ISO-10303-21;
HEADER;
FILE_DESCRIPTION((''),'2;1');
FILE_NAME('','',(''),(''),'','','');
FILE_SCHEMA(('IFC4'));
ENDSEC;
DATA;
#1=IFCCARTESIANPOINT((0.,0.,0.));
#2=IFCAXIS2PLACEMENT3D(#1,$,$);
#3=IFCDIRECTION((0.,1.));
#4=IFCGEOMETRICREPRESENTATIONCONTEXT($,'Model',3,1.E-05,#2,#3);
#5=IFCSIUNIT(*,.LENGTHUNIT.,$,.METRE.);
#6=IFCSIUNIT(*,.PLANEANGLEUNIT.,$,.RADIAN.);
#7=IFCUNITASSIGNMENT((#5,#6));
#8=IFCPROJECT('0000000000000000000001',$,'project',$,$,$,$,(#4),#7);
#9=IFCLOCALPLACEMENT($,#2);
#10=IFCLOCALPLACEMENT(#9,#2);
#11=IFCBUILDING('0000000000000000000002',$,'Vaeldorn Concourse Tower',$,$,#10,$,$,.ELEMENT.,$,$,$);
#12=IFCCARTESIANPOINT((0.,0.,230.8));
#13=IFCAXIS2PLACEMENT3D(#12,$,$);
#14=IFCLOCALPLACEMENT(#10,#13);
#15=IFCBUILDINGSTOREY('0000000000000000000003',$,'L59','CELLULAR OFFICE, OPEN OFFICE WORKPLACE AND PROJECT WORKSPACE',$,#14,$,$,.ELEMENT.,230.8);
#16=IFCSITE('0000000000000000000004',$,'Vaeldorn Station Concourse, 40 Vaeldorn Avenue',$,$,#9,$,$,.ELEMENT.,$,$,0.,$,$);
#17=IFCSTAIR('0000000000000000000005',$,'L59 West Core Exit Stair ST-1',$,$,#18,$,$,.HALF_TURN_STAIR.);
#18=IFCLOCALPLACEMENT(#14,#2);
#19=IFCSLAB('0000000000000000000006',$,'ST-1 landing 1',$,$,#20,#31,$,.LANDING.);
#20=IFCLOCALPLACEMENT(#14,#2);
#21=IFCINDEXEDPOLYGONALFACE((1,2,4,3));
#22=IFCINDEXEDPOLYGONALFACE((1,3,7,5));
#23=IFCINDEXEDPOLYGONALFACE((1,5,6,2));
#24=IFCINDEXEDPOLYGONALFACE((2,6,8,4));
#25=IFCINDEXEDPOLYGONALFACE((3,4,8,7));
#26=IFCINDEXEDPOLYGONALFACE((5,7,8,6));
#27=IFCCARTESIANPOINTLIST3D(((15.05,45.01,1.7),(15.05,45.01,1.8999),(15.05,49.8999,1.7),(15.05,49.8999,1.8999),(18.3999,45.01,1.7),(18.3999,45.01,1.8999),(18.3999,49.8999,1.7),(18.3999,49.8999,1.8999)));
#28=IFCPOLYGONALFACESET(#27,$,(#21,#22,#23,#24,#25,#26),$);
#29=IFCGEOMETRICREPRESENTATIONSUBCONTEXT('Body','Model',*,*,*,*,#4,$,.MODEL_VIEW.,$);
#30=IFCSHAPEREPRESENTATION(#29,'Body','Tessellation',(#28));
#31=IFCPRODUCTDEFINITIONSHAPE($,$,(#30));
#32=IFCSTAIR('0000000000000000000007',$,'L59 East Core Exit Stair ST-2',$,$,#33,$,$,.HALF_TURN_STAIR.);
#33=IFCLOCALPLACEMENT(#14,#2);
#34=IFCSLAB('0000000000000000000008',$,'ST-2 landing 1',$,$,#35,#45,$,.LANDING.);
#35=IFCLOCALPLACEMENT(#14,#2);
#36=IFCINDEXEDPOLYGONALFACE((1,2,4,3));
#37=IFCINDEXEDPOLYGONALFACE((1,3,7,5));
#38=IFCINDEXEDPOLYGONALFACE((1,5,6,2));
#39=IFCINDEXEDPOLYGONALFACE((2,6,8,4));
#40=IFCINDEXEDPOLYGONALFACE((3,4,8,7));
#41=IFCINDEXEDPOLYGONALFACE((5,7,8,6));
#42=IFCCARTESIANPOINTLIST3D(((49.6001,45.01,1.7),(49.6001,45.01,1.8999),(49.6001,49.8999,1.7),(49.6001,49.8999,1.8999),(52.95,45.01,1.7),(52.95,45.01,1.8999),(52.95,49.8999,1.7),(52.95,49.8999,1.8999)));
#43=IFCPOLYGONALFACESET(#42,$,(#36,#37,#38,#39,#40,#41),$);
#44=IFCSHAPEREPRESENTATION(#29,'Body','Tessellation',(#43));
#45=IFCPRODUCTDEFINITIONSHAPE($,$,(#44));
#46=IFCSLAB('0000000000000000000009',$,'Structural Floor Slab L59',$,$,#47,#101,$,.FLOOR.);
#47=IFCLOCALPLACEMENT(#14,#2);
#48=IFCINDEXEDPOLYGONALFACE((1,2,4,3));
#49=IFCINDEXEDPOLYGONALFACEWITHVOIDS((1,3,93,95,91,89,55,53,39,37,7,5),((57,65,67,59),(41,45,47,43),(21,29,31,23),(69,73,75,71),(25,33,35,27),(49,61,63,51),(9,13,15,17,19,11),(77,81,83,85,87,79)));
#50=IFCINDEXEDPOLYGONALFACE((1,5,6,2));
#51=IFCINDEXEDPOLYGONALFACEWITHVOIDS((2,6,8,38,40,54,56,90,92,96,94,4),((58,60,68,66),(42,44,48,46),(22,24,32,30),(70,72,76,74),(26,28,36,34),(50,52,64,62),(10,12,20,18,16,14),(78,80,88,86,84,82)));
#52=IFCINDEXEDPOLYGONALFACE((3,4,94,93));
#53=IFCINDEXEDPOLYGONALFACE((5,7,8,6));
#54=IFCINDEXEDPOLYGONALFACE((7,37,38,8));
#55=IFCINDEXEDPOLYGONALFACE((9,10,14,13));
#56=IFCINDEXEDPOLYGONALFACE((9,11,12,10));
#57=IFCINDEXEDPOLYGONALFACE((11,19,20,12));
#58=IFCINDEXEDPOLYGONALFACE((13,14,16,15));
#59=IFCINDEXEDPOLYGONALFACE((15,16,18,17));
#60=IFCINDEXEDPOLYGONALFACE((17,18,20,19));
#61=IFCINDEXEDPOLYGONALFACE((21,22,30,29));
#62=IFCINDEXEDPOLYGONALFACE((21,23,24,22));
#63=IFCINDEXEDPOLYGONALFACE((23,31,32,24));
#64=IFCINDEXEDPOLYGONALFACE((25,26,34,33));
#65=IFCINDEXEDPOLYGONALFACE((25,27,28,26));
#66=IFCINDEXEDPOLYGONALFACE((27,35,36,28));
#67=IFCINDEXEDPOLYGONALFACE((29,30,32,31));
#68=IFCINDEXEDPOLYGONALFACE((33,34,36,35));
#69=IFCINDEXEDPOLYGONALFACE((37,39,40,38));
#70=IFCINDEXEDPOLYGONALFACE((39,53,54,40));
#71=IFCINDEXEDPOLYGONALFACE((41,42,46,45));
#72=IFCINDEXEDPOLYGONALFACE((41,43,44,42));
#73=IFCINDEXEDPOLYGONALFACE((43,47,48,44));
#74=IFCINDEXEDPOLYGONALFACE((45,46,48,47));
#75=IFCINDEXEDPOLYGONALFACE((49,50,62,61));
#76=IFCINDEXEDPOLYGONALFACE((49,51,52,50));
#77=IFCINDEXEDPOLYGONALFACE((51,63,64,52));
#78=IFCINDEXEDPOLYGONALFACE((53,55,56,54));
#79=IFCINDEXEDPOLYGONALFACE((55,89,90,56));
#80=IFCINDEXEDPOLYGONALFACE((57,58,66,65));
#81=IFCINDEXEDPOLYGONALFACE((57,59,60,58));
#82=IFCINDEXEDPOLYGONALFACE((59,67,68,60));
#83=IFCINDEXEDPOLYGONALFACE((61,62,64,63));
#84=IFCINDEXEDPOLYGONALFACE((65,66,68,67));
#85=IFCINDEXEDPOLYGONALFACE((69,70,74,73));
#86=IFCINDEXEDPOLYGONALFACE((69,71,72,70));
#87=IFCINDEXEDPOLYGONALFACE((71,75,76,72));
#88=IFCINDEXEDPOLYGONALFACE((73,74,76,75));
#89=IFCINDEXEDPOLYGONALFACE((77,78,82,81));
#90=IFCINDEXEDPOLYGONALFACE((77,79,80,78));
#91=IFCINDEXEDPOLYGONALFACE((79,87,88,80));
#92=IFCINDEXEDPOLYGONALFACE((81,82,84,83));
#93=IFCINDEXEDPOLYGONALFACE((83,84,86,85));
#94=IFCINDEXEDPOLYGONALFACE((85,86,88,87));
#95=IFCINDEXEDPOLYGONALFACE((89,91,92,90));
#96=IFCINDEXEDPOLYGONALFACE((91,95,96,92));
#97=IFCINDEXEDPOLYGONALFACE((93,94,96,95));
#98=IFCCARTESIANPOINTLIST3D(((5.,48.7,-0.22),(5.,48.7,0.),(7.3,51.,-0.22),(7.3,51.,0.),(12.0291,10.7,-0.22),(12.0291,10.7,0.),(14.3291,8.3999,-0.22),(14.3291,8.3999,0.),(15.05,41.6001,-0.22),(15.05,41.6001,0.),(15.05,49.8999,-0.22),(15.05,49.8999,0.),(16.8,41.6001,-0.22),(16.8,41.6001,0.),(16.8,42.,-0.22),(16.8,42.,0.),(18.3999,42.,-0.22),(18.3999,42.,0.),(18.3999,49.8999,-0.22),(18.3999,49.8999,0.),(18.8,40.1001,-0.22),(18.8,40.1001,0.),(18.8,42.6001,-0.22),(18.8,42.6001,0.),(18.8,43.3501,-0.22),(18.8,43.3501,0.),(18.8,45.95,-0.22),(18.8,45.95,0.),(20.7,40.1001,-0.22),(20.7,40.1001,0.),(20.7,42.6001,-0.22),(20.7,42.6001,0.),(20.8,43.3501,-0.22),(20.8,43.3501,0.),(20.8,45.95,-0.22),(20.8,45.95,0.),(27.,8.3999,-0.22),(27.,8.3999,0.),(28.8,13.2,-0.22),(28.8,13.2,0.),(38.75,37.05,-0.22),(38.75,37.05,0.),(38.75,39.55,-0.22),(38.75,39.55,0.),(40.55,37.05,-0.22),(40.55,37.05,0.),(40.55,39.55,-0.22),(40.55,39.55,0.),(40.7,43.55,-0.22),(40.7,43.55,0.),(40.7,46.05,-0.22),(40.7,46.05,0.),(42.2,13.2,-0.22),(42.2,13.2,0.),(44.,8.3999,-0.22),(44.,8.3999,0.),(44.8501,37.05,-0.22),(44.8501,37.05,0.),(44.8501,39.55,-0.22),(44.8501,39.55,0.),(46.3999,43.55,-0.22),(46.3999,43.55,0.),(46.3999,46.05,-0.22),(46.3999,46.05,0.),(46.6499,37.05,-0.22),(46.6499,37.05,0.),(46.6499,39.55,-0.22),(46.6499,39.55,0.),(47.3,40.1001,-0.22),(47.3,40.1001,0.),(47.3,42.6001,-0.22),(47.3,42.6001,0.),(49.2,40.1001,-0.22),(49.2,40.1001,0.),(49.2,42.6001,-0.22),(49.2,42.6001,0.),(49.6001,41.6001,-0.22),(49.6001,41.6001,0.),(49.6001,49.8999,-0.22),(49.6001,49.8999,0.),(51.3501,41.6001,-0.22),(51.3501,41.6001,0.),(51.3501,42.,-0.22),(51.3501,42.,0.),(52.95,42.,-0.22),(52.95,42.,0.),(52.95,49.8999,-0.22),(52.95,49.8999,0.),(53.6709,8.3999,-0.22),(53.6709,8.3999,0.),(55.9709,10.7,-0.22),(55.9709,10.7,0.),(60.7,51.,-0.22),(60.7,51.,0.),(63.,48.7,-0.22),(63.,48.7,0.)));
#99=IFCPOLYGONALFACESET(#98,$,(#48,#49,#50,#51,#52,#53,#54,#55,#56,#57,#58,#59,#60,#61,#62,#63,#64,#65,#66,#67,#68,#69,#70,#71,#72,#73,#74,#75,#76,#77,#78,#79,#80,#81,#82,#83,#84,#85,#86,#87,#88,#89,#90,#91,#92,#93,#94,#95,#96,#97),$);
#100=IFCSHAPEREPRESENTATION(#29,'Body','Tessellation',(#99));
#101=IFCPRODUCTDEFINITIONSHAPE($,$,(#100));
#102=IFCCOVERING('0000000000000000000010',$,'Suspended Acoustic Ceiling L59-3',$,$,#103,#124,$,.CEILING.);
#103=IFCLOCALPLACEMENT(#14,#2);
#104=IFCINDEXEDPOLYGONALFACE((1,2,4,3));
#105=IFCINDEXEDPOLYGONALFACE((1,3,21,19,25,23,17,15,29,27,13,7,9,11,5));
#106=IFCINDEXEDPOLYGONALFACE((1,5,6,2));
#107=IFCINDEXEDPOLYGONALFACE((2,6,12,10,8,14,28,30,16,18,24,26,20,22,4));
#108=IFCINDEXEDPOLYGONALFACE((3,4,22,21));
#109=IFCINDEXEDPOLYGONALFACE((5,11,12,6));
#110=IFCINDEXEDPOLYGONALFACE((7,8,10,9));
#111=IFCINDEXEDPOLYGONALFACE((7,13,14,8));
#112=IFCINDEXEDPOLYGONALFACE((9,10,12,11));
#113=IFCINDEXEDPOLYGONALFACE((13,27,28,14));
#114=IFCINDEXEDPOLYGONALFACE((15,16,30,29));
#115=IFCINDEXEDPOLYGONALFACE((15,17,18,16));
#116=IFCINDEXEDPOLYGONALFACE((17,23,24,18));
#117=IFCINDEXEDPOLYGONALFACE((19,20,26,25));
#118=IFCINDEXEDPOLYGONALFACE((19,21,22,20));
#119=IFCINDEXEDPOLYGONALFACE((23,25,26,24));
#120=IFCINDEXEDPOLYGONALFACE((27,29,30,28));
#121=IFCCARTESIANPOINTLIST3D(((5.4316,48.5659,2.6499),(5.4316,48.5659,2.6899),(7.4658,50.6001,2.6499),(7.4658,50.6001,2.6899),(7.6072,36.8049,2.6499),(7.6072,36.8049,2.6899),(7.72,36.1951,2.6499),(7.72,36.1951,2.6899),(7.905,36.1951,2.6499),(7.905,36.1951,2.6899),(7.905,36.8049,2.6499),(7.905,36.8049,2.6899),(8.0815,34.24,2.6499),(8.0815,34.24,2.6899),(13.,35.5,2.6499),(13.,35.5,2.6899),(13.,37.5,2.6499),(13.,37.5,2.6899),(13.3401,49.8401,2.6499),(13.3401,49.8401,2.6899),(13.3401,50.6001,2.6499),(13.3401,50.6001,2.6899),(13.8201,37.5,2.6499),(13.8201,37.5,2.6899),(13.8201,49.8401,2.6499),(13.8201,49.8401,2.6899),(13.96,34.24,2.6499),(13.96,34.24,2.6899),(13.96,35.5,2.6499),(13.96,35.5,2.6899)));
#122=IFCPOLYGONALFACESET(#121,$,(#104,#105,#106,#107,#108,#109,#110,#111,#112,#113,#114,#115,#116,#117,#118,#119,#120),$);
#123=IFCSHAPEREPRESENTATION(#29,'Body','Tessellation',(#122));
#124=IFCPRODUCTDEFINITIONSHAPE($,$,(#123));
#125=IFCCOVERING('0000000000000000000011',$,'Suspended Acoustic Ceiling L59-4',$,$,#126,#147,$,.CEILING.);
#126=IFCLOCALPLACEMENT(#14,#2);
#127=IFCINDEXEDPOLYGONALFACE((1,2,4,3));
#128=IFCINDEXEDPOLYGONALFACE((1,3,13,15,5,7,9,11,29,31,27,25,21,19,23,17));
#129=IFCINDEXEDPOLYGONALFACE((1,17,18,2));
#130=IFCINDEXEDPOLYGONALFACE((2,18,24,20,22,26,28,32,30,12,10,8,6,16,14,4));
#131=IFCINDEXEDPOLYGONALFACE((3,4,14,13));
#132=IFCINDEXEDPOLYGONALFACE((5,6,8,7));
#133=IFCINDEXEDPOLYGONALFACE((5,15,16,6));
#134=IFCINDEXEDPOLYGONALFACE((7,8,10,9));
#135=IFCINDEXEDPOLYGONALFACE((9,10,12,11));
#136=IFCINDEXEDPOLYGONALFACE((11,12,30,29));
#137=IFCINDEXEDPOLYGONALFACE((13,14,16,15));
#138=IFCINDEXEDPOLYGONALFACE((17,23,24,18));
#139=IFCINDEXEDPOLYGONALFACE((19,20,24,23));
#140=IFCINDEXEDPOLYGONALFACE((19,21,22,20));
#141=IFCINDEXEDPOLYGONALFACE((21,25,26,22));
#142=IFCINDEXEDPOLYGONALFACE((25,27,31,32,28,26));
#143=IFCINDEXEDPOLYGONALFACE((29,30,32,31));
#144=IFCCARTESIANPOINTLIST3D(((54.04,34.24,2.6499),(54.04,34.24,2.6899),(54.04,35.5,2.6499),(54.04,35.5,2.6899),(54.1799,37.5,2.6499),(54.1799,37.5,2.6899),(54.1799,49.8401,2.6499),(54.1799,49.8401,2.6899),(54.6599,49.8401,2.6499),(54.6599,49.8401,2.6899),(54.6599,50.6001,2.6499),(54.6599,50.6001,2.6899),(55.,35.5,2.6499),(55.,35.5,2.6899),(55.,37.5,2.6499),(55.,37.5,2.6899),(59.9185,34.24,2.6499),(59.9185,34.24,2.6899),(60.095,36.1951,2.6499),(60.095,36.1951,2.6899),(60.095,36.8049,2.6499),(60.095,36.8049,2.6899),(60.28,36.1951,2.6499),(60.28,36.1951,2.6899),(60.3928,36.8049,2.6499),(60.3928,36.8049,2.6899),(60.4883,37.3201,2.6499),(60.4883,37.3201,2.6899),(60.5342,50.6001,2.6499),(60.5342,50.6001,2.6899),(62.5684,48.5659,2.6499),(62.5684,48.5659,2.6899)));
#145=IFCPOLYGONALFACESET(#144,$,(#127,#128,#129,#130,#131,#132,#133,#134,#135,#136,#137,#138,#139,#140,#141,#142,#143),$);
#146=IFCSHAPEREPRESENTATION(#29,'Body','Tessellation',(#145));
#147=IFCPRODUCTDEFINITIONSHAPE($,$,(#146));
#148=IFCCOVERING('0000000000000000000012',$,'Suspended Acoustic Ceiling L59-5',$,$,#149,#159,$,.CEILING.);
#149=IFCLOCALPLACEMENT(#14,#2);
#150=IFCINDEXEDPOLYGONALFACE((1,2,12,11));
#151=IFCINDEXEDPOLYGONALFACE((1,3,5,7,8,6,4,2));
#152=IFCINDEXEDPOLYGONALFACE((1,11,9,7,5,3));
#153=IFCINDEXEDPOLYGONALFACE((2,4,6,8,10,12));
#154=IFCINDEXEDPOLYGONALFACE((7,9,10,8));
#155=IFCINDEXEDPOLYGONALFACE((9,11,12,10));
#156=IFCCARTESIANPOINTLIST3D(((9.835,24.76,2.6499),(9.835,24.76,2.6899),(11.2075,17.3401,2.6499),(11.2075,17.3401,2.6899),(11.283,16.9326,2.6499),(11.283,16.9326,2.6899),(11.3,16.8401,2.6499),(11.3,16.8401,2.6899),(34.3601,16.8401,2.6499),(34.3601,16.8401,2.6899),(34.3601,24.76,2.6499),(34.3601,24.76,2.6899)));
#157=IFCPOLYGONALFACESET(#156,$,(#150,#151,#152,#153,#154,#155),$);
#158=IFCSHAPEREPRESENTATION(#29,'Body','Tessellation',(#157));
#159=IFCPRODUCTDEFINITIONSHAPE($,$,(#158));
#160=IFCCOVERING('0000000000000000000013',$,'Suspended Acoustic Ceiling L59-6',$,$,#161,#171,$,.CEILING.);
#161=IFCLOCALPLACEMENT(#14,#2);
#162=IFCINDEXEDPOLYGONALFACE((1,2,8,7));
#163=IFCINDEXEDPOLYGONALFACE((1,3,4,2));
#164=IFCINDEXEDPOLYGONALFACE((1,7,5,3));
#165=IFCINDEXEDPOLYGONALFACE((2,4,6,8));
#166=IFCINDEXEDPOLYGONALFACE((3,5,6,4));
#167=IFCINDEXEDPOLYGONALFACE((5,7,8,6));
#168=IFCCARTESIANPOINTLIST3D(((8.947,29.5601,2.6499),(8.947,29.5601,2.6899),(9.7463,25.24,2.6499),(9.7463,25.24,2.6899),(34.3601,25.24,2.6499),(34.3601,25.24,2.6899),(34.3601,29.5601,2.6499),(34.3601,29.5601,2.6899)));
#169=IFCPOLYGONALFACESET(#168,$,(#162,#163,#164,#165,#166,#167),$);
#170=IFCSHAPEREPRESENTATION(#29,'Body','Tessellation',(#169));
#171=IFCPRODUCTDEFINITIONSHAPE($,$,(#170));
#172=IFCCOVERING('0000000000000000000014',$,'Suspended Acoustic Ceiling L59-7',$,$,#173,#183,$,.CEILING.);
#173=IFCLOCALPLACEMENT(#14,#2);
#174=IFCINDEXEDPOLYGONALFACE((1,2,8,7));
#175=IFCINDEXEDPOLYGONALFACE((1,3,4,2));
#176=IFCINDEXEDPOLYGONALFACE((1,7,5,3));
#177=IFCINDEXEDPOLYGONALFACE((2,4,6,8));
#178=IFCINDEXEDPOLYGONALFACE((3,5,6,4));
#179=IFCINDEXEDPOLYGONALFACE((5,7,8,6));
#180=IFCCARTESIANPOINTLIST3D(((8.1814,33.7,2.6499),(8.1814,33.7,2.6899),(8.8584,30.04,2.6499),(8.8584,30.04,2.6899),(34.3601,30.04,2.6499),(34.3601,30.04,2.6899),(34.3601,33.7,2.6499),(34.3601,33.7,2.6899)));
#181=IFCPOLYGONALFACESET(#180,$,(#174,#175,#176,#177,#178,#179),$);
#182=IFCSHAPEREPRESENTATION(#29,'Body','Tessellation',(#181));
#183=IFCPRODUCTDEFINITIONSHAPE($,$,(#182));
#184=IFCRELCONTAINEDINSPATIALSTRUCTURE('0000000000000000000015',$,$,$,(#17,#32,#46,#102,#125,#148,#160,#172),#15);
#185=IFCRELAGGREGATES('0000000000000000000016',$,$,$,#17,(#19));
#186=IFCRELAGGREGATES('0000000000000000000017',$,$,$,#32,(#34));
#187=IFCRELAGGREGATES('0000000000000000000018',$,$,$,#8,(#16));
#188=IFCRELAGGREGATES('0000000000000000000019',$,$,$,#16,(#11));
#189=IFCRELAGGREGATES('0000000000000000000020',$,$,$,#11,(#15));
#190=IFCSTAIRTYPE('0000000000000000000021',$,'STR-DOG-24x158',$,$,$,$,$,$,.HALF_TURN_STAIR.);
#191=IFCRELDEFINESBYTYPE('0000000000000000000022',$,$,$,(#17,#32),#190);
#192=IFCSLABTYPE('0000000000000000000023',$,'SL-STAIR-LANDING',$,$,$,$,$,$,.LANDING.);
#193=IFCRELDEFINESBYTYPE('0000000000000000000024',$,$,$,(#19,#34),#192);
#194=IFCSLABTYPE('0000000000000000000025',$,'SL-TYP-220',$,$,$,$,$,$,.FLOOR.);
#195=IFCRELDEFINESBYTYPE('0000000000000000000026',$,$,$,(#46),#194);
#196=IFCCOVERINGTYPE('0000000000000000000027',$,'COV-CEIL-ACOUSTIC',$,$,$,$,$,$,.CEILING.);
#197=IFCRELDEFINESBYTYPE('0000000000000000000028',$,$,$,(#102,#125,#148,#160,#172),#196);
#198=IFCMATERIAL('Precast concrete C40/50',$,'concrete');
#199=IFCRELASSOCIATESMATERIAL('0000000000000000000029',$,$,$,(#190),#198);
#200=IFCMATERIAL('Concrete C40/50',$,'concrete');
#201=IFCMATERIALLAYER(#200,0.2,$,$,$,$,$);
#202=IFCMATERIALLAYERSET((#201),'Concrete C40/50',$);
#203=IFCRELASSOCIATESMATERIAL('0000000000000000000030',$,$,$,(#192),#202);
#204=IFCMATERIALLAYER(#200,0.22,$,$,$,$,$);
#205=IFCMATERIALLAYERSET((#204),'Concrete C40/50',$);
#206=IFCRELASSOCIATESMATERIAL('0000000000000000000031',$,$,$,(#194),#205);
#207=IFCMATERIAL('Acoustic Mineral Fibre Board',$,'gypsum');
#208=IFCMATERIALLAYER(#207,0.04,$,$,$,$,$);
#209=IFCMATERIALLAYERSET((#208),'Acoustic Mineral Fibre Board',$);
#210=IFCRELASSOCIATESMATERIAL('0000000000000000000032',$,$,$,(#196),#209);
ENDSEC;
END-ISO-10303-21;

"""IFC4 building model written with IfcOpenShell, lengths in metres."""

from ifc_helpers import new_model, si_unit, direction, frame, origin, place, context, subcontext, project, spatial, polyline, outline, extrude, material, layer, layer_set, type_object, element, aggregate, save


model = new_model("IFC4")

# Units and contexts
model_context = context("Model", 3, precision=1e-05, world=origin(), true_north=direction((0.0, 1.0)))
body_context = subcontext(model_context, "Body", "Model", "MODEL_VIEW")
ifc_project = project(units=[si_unit("LENGTHUNIT", "METRE"), si_unit("PLANEANGLEUNIT", "RADIAN")], contexts=[model_context])

# Site, building, storey
site_placement = place(None, origin())
site = spatial("IfcSite", under=ifc_project, at=site_placement, Name="Vaeldorn Station Concourse, 40 Vaeldorn Avenue", CompositionType="ELEMENT", RefElevation=0.0)
building_placement = place(site_placement, origin())
building = spatial("IfcBuilding", under=site, at=building_placement, Name="Vaeldorn Concourse Tower", CompositionType="ELEMENT")
storey_placement = place(building_placement, frame((0.0, 0.0, 230.8)))
storey = spatial("IfcBuildingStorey", under=building, at=storey_placement, Name="L59", Description="CELLULAR OFFICE, OPEN OFFICE WORKPLACE AND PROJECT WORKSPACE", CompositionType="ELEMENT", Elevation=230.8)

# Stairs, slabs
ifc_material_1 = material(Name="Precast concrete C40/50", Category="concrete")
stair_type = type_object("IfcStairType", Name="STR-DOG-24x158", PredefinedType="HALF_TURN_STAIR", material=ifc_material_1)
stair_1_placement = place(storey_placement, origin())
stair_1 = element("IfcStair", 1, at=stair_1_placement, inside=storey, type_object=stair_type, Name="L59 West Core Exit Stair ST-1", PredefinedType="HALF_TURN_STAIR")
ifc_material_2 = material(Name="Concrete C40/50", Category="concrete")
ifc_layer_1 = layer(ifc_material_2, 0.2)
ifc_layer_set_1 = layer_set([ifc_layer_1], Name="Concrete C40/50")
slab_type_1 = type_object("IfcSlabType", Name="SL-STAIR-LANDING", PredefinedType="LANDING", material=ifc_layer_set_1)
slab_1_placement = place(storey_placement, frame((0.0, 0.0, 1.7)))
slab_1 = element("IfcSlab", 2, at=slab_1_placement, type_object=slab_type_1, Name="ST-1 landing 1", PredefinedType="LANDING", context=body_context, shape_type="SweptSolid", body=[
    extrude(outline(polyline([(18.3999, 45.01), (18.3999, 49.8999), (15.05, 49.8999), (15.05, 45.01), (18.3999, 45.01)])), origin(), (0.0, 0.0, 1.0), 0.2),
])
aggregate(stair_1, [slab_1])
stair_2_placement = place(storey_placement, origin())
stair_2 = element("IfcStair", 3, at=stair_2_placement, inside=storey, type_object=stair_type, Name="L59 East Core Exit Stair ST-2", PredefinedType="HALF_TURN_STAIR")
slab_2_placement = place(storey_placement, frame((0.0, 0.0, 1.7)))
slab_2 = element("IfcSlab", 4, at=slab_2_placement, type_object=slab_type_1, Name="ST-2 landing 1", PredefinedType="LANDING", context=body_context, shape_type="SweptSolid", body=[
    extrude(outline(polyline([(52.95, 45.01), (52.95, 49.8999), (49.6001, 49.8999), (49.6001, 45.01), (52.95, 45.01)])), origin(), (0.0, 0.0, 1.0), 0.2),
])
aggregate(stair_2, [slab_2])

# Slab
ifc_layer_2 = layer(ifc_material_2, 0.22)
ifc_layer_set_2 = layer_set([ifc_layer_2], Name="Concrete C40/50")
slab_type_2 = type_object("IfcSlabType", Name="SL-TYP-220", PredefinedType="FLOOR", material=ifc_layer_set_2)
slab_3_placement = place(storey_placement, frame((0.0, 0.0, -0.22)))
element("IfcSlab", 5, at=slab_3_placement, inside=storey, type_object=slab_type_2, Name="Structural Floor Slab L59", PredefinedType="FLOOR", context=body_context, shape_type="SweptSolid", body=[
    extrude(outline(polyline([(14.3291, 8.3999), (27.0, 8.3999), (28.8, 13.2), (42.2, 13.2), (44.0, 8.3999), (53.6709, 8.3999), (55.9709, 10.7), (63.0, 48.7), (60.7, 51.0), (7.3, 51.0), (5.0, 48.7), (12.0291, 10.7), (14.3291, 8.3999)]), holes=[polyline([(18.3999, 42.0), (18.3999, 49.8999), (15.05, 49.8999), (15.05, 41.6001), (16.8, 41.6001), (16.8, 42.0), (18.3999, 42.0)]), polyline([(52.95, 42.0), (52.95, 49.8999), (49.6001, 49.8999), (49.6001, 41.6001), (51.3501, 41.6001), (51.3501, 42.0), (52.95, 42.0)]), polyline([(38.75, 37.05), (40.55, 37.05), (40.55, 39.55), (38.75, 39.55), (38.75, 37.05)]), polyline([(44.8501, 37.05), (46.6499, 37.05), (46.6499, 39.55), (44.8501, 39.55), (44.8501, 37.05)]), polyline([(40.7, 43.55), (46.3999, 43.55), (46.3999, 46.05), (40.7, 46.05), (40.7, 43.55)]), polyline([(18.8, 43.3501), (20.8, 43.3501), (20.8, 45.95), (18.8, 45.95), (18.8, 43.3501)]), polyline([(18.8, 40.1001), (20.7, 40.1001), (20.7, 42.6001), (18.8, 42.6001), (18.8, 40.1001)]), polyline([(47.3, 40.1001), (49.2, 40.1001), (49.2, 42.6001), (47.3, 42.6001), (47.3, 40.1001)])]), origin(), (0.0, 0.0, 1.0), 0.22),
])

# Coverings
ifc_material_3 = material(Name="Acoustic Mineral Fibre Board", Category="gypsum")
ifc_layer_3 = layer(ifc_material_3, 0.04)
ifc_layer_set_3 = layer_set([ifc_layer_3], Name="Acoustic Mineral Fibre Board")
covering_type_1 = type_object("IfcCoveringType", Name="COV-CEIL-ACOUSTIC", PredefinedType="CEILING", material=ifc_layer_set_3)
covering_1_placement = place(storey_placement, frame((0.0, 0.0, 2.6499)))
element("IfcCovering", 6, at=covering_1_placement, inside=storey, type_object=covering_type_1, Name="Suspended Acoustic Ceiling L59-3", PredefinedType="CEILING", context=body_context, shape_type="SweptSolid", body=[
    extrude(outline(polyline([(7.4658, 50.6001), (13.3401, 50.6001), (13.3401, 49.8401), (13.8201, 49.8401), (13.8201, 37.5), (13.0, 37.5), (13.0, 35.5), (13.96, 35.5), (13.96, 34.24), (8.0815, 34.24), (7.72, 36.1951), (7.905, 36.1951), (7.905, 36.8049), (7.6072, 36.8049), (5.4316, 48.5659), (7.4658, 50.6001)])), origin(), (0.0, 0.0, 1.0), 0.04),
])
covering_2_placement = place(storey_placement, frame((0.0, 0.0, 2.6499)))
element("IfcCovering", 7, at=covering_2_placement, inside=storey, type_object=covering_type_1, Name="Suspended Acoustic Ceiling L59-4", PredefinedType="CEILING", context=body_context, shape_type="SweptSolid", body=[
    extrude(outline(polyline([(54.1799, 49.8401), (54.6599, 49.8401), (54.6599, 50.6001), (60.5342, 50.6001), (62.5684, 48.5659), (60.4883, 37.3201), (60.4883, 37.3201), (60.3928, 36.8049), (60.095, 36.8049), (60.095, 36.1951), (60.28, 36.1951), (59.9185, 34.24), (54.04, 34.24), (54.04, 35.5), (55.0, 35.5), (55.0, 37.5), (54.1799, 37.5), (54.1799, 49.8401)])), origin(), (0.0, 0.0, 1.0), 0.04),
])
covering_3_placement = place(storey_placement, frame((0.0, 0.0, 2.6499)))
element("IfcCovering", 8, at=covering_3_placement, inside=storey, type_object=covering_type_1, Name="Suspended Acoustic Ceiling L59-5", PredefinedType="CEILING", context=body_context, shape_type="SweptSolid", body=[
    extrude(outline(polyline([(34.3601, 24.76), (34.3601, 16.8401), (11.3, 16.8401), (11.283, 16.9326), (11.2075, 17.3401), (11.2075, 17.3401), (9.835, 24.76), (34.3601, 24.76)])), origin(), (0.0, 0.0, 1.0), 0.04),
])
covering_4_placement = place(storey_placement, frame((0.0, 0.0, 2.6499)))
element("IfcCovering", 9, at=covering_4_placement, inside=storey, type_object=covering_type_1, Name="Suspended Acoustic Ceiling L59-6", PredefinedType="CEILING", context=body_context, shape_type="SweptSolid", body=[
    extrude(outline(polyline([(34.3601, 29.5601), (34.3601, 25.24), (9.7463, 25.24), (8.947, 29.5601), (34.3601, 29.5601)])), origin(), (0.0, 0.0, 1.0), 0.04),
])
covering_5_placement = place(storey_placement, frame((0.0, 0.0, 2.6499)))
element("IfcCovering", 10, at=covering_5_placement, inside=storey, type_object=covering_type_1, Name="Suspended Acoustic Ceiling L59-7", PredefinedType="CEILING", context=body_context, shape_type="SweptSolid", body=[
    extrude(outline(polyline([(34.3601, 33.7), (34.3601, 30.04), (8.8584, 30.04), (8.1814, 33.7), (34.3601, 33.7)])), origin(), (0.0, 0.0, 1.0), 0.04),
])

save(model, "model.ifc")
